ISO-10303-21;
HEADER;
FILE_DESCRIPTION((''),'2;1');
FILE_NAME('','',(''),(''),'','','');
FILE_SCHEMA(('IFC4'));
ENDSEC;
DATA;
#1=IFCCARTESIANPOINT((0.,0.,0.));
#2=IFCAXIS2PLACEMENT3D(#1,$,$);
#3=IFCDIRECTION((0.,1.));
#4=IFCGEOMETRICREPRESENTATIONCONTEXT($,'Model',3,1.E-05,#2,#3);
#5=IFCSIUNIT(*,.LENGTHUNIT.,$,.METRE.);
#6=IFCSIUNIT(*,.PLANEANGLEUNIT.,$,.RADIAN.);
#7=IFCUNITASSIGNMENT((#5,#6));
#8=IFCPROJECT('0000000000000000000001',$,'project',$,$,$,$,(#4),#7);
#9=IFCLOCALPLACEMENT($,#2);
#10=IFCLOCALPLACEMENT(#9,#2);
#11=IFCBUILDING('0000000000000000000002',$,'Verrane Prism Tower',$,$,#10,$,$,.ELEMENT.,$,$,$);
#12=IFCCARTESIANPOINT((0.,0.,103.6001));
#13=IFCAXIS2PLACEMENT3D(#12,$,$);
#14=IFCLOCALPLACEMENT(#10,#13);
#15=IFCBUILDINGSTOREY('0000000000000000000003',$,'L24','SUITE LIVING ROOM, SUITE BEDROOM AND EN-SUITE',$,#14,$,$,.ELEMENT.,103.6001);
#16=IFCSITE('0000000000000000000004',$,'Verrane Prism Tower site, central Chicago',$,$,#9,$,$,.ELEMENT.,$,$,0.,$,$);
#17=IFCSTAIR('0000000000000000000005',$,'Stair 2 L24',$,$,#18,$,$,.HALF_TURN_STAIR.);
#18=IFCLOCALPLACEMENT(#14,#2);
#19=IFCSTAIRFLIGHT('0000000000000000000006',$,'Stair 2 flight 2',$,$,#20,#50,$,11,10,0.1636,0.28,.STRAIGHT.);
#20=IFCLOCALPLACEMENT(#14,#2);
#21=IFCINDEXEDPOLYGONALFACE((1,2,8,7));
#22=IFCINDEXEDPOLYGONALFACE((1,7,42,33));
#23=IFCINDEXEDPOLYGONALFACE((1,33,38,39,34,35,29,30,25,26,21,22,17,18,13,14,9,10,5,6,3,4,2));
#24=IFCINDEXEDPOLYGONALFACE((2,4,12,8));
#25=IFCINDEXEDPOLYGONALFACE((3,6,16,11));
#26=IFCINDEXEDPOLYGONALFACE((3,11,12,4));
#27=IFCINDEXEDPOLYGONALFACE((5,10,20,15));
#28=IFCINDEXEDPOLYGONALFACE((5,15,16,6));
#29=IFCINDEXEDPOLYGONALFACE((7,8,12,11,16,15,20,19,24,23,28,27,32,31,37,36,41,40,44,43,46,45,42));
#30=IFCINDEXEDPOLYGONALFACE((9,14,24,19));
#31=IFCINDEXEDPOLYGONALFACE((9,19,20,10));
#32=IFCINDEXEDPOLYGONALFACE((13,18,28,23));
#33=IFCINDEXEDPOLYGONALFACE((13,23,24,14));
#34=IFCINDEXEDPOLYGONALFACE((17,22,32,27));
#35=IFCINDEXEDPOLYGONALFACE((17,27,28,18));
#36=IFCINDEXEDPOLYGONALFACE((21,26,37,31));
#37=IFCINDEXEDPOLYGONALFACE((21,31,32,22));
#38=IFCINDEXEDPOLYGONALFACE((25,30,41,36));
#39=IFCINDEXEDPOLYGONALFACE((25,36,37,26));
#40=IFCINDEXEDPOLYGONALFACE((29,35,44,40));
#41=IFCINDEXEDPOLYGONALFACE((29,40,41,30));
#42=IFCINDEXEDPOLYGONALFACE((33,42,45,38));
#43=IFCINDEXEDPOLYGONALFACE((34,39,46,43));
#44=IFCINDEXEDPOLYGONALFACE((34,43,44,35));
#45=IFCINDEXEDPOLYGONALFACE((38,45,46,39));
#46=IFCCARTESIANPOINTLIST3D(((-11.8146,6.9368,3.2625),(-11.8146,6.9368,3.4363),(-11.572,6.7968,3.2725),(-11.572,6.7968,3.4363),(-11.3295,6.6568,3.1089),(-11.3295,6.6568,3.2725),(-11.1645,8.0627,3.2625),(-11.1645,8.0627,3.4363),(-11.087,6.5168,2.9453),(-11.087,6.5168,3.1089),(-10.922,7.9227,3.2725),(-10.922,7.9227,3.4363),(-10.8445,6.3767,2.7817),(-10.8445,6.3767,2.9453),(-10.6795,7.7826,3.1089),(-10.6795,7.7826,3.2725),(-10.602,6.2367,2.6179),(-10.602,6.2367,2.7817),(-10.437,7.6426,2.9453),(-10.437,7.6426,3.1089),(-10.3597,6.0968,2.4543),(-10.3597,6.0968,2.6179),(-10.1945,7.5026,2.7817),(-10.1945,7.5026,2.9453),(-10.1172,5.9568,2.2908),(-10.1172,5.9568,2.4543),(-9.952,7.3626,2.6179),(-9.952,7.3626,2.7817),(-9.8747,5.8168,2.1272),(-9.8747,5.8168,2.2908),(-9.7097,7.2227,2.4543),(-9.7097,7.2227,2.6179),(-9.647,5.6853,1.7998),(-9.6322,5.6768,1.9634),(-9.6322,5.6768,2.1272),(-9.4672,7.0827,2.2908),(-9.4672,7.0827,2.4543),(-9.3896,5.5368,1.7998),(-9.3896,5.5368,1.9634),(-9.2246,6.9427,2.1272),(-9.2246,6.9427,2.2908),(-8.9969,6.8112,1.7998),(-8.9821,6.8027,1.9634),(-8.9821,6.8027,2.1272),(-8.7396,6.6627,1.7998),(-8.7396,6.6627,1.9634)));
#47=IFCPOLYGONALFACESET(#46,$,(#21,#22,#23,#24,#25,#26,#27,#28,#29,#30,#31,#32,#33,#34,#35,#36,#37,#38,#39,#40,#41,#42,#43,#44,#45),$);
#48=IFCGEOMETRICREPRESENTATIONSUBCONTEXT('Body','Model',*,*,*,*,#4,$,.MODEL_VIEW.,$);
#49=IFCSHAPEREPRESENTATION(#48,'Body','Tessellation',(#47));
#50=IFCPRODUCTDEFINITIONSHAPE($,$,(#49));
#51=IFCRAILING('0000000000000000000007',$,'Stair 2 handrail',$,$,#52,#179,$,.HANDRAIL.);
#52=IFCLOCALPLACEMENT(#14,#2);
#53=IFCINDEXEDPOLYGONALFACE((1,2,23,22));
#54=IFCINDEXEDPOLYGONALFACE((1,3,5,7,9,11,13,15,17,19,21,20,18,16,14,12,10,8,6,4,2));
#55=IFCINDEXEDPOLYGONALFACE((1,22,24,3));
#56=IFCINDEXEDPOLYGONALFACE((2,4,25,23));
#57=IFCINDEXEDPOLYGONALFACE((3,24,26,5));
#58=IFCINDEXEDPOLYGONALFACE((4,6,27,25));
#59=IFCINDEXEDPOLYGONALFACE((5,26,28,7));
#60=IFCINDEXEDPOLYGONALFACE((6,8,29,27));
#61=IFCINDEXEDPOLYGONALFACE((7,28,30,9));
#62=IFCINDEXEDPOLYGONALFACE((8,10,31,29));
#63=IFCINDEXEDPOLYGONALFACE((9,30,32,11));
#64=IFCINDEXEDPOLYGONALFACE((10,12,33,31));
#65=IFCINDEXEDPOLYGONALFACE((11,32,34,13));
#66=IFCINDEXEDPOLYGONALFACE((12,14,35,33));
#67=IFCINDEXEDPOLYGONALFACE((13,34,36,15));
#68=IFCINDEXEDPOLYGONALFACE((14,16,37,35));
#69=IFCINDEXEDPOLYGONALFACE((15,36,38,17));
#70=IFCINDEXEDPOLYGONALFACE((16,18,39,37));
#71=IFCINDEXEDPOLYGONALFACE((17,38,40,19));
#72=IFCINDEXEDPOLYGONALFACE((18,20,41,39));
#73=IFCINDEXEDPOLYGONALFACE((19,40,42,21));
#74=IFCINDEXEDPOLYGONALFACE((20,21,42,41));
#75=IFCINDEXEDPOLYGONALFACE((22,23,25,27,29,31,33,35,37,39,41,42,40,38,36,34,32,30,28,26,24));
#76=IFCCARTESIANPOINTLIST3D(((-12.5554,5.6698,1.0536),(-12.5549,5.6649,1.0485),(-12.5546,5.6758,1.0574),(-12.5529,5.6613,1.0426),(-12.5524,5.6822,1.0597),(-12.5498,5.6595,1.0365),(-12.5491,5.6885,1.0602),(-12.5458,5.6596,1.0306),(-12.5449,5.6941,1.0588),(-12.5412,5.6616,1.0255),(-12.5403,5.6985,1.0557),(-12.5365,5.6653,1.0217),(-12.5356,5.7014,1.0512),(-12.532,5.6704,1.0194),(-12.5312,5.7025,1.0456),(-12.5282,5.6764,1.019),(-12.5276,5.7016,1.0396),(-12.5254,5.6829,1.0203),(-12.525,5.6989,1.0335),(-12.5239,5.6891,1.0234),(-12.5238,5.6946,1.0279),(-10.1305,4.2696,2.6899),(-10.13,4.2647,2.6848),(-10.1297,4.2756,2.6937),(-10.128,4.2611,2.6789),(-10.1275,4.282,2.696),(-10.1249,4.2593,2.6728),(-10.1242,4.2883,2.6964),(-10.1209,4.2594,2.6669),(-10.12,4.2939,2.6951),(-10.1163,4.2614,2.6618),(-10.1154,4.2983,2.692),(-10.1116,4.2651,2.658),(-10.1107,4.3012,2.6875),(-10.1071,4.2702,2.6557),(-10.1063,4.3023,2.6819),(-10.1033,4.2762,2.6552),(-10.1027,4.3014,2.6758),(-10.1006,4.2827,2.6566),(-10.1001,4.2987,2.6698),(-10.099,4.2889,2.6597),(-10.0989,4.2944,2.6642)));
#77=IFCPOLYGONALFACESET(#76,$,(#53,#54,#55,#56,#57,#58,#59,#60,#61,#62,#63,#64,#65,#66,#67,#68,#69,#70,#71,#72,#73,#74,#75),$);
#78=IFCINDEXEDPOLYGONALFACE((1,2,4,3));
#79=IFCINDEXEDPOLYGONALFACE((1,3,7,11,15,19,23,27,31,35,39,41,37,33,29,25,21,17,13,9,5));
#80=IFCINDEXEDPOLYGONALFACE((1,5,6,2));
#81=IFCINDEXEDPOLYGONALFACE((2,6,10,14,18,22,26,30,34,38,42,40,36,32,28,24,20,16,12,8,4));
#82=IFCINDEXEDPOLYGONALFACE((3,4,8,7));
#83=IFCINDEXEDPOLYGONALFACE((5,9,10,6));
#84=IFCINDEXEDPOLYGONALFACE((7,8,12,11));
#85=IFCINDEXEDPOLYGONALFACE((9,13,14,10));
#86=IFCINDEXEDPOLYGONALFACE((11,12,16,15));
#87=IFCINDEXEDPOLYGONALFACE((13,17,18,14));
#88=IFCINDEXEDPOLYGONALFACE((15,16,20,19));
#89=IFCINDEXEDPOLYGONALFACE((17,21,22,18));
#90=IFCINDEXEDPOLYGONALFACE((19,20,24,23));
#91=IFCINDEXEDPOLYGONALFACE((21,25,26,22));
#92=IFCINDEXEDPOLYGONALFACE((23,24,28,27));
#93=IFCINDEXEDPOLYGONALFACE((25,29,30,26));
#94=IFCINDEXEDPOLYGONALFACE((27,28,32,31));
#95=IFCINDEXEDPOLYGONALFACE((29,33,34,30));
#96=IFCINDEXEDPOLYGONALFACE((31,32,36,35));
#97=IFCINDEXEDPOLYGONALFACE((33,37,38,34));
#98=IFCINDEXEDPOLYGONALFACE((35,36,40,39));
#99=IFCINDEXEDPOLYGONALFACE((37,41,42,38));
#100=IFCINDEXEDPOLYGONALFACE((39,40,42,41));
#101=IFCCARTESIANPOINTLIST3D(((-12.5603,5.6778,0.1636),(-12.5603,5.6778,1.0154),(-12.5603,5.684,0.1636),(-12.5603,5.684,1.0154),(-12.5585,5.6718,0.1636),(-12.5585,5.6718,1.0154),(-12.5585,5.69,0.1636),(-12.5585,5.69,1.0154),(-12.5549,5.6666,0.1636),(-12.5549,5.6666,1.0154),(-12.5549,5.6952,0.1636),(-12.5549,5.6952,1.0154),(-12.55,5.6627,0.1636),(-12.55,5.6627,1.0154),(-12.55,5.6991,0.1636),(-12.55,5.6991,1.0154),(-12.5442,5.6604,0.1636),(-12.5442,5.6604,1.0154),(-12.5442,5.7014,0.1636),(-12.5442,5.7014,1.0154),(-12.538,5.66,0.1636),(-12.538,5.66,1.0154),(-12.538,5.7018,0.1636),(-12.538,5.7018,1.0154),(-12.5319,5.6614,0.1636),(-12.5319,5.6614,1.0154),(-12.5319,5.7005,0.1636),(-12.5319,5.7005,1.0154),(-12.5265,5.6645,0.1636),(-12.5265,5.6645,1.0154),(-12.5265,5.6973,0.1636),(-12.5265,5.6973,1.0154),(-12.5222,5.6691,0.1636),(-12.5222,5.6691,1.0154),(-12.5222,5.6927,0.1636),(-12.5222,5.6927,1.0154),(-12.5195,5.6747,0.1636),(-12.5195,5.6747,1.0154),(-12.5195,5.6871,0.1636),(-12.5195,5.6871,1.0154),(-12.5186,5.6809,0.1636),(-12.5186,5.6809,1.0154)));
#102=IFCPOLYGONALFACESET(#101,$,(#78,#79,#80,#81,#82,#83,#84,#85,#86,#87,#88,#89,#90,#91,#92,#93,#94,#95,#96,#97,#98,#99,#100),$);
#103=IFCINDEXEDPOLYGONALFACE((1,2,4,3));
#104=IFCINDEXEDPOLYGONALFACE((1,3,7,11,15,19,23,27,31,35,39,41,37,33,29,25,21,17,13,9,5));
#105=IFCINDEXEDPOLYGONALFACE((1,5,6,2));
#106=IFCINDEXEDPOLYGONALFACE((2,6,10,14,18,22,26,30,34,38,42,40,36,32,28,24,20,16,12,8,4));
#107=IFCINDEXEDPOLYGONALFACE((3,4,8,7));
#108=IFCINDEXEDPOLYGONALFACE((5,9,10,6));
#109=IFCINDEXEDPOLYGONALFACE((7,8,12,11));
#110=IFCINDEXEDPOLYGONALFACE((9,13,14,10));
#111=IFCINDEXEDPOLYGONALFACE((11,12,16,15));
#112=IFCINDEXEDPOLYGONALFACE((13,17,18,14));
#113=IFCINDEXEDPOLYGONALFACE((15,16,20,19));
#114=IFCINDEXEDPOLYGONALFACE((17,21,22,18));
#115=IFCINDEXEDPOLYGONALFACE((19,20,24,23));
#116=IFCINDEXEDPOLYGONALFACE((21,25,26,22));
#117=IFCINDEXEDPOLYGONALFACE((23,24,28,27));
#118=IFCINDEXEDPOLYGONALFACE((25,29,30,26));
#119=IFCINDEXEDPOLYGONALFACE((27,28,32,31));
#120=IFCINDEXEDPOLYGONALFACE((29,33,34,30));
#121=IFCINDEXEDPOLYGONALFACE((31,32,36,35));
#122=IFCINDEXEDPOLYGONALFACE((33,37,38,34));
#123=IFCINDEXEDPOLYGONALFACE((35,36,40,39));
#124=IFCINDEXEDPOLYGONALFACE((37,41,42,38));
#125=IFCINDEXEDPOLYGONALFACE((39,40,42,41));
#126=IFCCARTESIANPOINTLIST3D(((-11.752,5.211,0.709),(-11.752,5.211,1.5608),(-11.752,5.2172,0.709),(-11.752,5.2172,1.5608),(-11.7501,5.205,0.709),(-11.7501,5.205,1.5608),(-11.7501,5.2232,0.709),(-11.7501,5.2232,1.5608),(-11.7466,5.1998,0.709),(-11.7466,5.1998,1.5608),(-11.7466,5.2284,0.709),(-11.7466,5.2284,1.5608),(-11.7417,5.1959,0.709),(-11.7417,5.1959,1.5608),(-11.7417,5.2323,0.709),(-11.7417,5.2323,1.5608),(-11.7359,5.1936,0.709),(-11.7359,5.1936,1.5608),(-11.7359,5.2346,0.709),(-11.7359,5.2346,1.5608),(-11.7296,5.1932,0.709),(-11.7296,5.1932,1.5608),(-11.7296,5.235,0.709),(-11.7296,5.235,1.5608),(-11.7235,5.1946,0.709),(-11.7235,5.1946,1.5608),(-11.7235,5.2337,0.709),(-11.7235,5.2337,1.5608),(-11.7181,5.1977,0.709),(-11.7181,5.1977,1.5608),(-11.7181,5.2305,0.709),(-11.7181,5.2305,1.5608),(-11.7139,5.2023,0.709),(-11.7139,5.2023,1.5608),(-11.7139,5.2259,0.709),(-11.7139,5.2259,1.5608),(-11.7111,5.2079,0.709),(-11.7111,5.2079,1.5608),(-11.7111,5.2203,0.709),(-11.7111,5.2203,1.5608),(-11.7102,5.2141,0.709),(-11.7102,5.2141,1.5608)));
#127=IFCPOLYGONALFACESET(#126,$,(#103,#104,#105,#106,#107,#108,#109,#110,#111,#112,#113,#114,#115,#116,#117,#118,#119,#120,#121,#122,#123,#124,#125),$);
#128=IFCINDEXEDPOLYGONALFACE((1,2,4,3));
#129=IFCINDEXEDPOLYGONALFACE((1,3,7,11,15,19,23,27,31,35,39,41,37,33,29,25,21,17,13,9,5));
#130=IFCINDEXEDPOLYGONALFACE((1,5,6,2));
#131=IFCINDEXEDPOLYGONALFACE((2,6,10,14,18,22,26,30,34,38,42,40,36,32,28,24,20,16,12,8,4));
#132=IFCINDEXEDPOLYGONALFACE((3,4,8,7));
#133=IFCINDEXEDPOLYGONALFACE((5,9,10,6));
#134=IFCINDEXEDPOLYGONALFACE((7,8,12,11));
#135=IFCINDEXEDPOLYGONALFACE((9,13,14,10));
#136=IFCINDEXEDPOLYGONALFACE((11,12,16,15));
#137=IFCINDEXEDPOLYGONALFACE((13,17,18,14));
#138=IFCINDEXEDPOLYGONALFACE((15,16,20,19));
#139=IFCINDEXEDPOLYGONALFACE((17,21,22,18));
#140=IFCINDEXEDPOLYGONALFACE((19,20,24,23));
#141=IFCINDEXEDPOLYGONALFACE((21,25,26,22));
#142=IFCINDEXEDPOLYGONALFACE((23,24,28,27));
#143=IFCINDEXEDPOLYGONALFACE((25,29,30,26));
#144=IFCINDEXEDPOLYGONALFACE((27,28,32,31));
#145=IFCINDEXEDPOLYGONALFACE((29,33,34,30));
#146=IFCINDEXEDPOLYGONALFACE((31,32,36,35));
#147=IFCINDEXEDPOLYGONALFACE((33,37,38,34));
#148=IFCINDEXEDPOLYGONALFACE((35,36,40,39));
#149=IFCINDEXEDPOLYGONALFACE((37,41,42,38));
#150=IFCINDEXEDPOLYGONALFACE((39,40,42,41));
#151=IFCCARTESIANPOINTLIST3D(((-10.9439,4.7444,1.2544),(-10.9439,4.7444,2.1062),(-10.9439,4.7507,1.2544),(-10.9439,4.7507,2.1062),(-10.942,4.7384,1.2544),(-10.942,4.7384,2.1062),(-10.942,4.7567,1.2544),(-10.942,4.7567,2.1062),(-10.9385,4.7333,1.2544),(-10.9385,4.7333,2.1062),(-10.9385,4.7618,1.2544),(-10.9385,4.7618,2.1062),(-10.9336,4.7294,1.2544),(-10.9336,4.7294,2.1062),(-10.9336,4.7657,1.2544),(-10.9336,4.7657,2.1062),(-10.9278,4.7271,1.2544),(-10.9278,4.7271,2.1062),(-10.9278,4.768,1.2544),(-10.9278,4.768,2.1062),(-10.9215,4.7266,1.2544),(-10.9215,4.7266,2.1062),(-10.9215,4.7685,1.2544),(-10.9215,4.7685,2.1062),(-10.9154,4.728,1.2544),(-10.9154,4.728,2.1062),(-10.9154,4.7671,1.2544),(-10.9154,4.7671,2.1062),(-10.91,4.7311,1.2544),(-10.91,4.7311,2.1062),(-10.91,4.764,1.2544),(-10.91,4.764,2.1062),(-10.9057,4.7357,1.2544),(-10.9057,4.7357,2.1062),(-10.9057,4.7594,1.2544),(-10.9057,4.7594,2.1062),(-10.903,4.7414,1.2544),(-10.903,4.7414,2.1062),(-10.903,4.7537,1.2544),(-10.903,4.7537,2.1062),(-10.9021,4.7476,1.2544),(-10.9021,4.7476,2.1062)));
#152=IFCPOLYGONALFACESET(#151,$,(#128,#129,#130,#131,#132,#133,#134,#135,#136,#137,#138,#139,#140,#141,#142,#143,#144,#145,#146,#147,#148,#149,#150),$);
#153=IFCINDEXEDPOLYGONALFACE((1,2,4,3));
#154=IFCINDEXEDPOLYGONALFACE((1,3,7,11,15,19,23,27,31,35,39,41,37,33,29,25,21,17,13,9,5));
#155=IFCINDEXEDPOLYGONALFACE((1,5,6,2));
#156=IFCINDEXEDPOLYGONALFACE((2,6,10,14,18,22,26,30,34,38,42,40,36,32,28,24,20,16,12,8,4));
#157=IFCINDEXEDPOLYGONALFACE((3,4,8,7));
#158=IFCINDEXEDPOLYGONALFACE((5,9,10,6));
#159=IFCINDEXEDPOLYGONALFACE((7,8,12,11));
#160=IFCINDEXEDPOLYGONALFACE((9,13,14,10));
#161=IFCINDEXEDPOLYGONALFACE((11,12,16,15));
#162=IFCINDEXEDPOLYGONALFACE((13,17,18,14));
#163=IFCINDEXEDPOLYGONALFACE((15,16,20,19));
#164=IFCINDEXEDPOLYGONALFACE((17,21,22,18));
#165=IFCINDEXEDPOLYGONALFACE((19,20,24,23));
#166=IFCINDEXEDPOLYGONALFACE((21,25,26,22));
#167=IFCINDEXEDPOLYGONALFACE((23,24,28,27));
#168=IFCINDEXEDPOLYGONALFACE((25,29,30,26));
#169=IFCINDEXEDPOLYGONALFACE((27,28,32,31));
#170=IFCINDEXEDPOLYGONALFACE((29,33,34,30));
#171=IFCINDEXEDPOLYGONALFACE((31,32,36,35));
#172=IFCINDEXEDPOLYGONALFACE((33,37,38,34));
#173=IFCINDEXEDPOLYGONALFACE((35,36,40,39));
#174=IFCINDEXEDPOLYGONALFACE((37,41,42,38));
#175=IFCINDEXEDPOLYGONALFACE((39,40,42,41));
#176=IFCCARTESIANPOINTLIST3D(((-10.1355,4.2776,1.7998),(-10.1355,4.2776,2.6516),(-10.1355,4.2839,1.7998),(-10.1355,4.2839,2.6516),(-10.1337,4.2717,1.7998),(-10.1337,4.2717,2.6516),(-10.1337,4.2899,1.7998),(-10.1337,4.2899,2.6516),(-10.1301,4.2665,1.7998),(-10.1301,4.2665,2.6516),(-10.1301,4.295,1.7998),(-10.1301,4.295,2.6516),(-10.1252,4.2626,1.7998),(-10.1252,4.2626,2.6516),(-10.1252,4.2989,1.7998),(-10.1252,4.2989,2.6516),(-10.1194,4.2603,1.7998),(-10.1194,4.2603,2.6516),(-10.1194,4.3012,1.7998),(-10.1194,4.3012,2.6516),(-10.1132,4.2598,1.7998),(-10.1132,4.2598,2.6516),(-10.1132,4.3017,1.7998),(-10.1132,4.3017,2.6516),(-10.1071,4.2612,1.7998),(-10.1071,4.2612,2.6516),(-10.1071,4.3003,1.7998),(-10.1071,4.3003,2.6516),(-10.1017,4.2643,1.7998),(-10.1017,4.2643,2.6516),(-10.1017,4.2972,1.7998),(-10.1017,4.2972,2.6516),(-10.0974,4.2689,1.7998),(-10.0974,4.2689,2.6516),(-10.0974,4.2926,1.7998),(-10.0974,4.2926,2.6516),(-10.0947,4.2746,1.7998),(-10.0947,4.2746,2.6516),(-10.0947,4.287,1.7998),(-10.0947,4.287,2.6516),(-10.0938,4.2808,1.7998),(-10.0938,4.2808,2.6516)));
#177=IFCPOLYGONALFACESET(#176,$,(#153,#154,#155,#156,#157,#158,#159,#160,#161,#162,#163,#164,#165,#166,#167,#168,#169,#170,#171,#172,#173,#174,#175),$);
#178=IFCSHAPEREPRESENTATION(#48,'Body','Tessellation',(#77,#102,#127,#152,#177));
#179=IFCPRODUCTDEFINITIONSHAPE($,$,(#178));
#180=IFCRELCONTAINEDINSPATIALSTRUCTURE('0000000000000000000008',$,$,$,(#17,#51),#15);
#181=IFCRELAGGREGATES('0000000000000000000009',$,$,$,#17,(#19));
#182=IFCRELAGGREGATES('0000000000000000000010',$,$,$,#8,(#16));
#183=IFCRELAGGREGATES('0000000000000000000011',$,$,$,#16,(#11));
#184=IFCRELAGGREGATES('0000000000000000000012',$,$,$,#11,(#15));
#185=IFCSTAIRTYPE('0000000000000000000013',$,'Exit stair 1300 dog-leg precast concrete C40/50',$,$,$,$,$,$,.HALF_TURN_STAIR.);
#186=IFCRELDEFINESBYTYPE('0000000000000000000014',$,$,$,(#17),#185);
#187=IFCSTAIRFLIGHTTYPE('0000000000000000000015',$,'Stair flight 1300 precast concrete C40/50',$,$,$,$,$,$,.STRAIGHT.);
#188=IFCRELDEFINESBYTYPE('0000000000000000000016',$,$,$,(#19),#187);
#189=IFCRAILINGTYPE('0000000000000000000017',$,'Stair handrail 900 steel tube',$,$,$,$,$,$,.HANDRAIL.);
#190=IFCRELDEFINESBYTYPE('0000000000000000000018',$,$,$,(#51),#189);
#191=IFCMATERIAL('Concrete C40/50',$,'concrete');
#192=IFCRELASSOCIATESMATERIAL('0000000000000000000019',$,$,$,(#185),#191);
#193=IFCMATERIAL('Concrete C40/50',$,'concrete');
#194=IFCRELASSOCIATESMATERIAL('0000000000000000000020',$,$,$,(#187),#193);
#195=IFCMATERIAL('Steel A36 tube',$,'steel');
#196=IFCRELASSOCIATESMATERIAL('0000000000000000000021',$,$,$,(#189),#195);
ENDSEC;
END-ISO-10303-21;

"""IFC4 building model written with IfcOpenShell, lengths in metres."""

from ifc_helpers import new_model, si_unit, direction, frame, origin, origin_2d, place, context, subcontext, project, spatial, polyline, circle, outline, extrude, material, type_object, element, aggregate, save


model = new_model("IFC4")

# Units and contexts
model_context = context("Model", 3, precision=1e-05, world=origin(), true_north=direction((0.0, 1.0)))
body_context = subcontext(model_context, "Body", "Model", "MODEL_VIEW")
ifc_project = project(units=[si_unit("LENGTHUNIT", "METRE"), si_unit("PLANEANGLEUNIT", "RADIAN")], contexts=[model_context])

# Site, building, storey
site_placement = place(None, origin())
site = spatial("IfcSite", under=ifc_project, at=site_placement, Name="Verrane Prism Tower site, central Chicago", CompositionType="ELEMENT", RefElevation=0.0)
building_placement = place(site_placement, origin())
building = spatial("IfcBuilding", under=site, at=building_placement, Name="Verrane Prism Tower", CompositionType="ELEMENT")
storey_placement = place(building_placement, frame((0.0, 0.0, 103.6001)))
storey = spatial("IfcBuildingStorey", under=building, at=storey_placement, Name="L24", Description="SUITE LIVING ROOM, SUITE BEDROOM AND EN-SUITE", CompositionType="ELEMENT", Elevation=103.6001)

# Stair, stair flight
ifc_material_1 = material(Name="Concrete C40/50", Category="concrete")
stair_type = type_object("IfcStairType", Name="Exit stair 1300 dog-leg precast concrete C40/50", PredefinedType="HALF_TURN_STAIR", material=ifc_material_1)
stair_placement = place(storey_placement, origin())
stair = element("IfcStair", 1, at=stair_placement, inside=storey, type_object=stair_type, Name="Stair 2 L24", PredefinedType="HALF_TURN_STAIR")
ifc_material_2 = material(Name="Concrete C40/50", Category="concrete")
stair_flight_type = type_object("IfcStairFlightType", Name="Stair flight 1300 precast concrete C40/50", PredefinedType="STRAIGHT", material=ifc_material_2)
stair_flight_1_placement = place(storey_placement, frame((-9.0647, 6.0996, 1.7998), z_axis=(0.0, 0.0, 1.0), x_axis=(-0.866025, 0.5, 0.0)))
stair_flight_1 = element("IfcStairFlight", 2, at=stair_flight_1_placement, type_object=stair_flight_type, Name="Stair 2 flight 2", NumberOfRisers=11, NumberOfTreads=10, PredefinedType="STRAIGHT", RiserHeight=0.1636, TreadLength=0.28, context=body_context, shape_type="SweptSolid", body=[
    extrude(outline(polyline([(0.0, 0.0), (0.0, 0.1636), (0.28, 0.1636), (0.28, 0.3274), (0.5601, 0.3274), (0.5601, 0.491), (0.8401, 0.491), (0.8401, 0.6545), (1.1201, 0.6545), (1.1201, 0.8181), (1.3999, 0.8181), (1.3999, 0.9819), (1.6799, 0.9819), (1.6799, 1.1455), (1.96, 1.1455), (1.96, 1.3091), (2.24, 1.3091), (2.24, 1.4727), (2.52, 1.4727), (2.52, 1.6365), (2.8, 1.6365), (2.8, 1.8), (2.8, 1.4626), (0.2971, 0.0), (0.0, 0.0)])), frame((0.0, 0.6499, 0.0), z_axis=(0.0, -1.0, 0.0), x_axis=(1.0, 0.0, 0.0)), (0.0, 0.0, 1.0), 1.3),
])
aggregate(stair, [stair_flight_1])

# Railing
ifc_material_3 = material(Name="Steel A36 tube", Category="steel")
railing_type_1 = type_object("IfcRailingType", Name="Stair handrail 900 steel tube", PredefinedType="HANDRAIL", material=ifc_material_3)
railing_1_placement = place(storey_placement, frame((-12.5396, 5.6809, 0.1636)))
element("IfcRailing", 3, at=railing_1_placement, inside=storey, type_object=railing_type_1, Name="Stair 2 handrail", PredefinedType="HANDRAIL", context=body_context, shape_type="SweptSolid", body=[
    extrude(circle(Radius=0.0239, at=origin_2d()), frame((0.0, 0.0, 0.876), z_axis=(0.747694, -0.431738, 0.504535), x_axis=(0.50005, 0.865997, 0.0)), (0.0, 0.0, 1.0), 3.2432),
    extrude(circle(Radius=0.021, at=origin_2d()), origin(), (0.0, 0.0, 1.0), 0.8518),
    extrude(circle(Radius=0.021, at=origin_2d()), frame((0.8083, -0.4668, 0.5454)), (0.0, 0.0, 1.0), 0.8518),
    extrude(circle(Radius=0.021, at=origin_2d()), frame((1.6165, -0.9333, 1.0908)), (0.0, 0.0, 1.0), 0.8518),
    extrude(circle(Radius=0.021, at=origin_2d()), frame((2.4248, -1.4001, 1.6362)), (0.0, 0.0, 1.0), 0.8518),
])

save(model, "model.ifc")
